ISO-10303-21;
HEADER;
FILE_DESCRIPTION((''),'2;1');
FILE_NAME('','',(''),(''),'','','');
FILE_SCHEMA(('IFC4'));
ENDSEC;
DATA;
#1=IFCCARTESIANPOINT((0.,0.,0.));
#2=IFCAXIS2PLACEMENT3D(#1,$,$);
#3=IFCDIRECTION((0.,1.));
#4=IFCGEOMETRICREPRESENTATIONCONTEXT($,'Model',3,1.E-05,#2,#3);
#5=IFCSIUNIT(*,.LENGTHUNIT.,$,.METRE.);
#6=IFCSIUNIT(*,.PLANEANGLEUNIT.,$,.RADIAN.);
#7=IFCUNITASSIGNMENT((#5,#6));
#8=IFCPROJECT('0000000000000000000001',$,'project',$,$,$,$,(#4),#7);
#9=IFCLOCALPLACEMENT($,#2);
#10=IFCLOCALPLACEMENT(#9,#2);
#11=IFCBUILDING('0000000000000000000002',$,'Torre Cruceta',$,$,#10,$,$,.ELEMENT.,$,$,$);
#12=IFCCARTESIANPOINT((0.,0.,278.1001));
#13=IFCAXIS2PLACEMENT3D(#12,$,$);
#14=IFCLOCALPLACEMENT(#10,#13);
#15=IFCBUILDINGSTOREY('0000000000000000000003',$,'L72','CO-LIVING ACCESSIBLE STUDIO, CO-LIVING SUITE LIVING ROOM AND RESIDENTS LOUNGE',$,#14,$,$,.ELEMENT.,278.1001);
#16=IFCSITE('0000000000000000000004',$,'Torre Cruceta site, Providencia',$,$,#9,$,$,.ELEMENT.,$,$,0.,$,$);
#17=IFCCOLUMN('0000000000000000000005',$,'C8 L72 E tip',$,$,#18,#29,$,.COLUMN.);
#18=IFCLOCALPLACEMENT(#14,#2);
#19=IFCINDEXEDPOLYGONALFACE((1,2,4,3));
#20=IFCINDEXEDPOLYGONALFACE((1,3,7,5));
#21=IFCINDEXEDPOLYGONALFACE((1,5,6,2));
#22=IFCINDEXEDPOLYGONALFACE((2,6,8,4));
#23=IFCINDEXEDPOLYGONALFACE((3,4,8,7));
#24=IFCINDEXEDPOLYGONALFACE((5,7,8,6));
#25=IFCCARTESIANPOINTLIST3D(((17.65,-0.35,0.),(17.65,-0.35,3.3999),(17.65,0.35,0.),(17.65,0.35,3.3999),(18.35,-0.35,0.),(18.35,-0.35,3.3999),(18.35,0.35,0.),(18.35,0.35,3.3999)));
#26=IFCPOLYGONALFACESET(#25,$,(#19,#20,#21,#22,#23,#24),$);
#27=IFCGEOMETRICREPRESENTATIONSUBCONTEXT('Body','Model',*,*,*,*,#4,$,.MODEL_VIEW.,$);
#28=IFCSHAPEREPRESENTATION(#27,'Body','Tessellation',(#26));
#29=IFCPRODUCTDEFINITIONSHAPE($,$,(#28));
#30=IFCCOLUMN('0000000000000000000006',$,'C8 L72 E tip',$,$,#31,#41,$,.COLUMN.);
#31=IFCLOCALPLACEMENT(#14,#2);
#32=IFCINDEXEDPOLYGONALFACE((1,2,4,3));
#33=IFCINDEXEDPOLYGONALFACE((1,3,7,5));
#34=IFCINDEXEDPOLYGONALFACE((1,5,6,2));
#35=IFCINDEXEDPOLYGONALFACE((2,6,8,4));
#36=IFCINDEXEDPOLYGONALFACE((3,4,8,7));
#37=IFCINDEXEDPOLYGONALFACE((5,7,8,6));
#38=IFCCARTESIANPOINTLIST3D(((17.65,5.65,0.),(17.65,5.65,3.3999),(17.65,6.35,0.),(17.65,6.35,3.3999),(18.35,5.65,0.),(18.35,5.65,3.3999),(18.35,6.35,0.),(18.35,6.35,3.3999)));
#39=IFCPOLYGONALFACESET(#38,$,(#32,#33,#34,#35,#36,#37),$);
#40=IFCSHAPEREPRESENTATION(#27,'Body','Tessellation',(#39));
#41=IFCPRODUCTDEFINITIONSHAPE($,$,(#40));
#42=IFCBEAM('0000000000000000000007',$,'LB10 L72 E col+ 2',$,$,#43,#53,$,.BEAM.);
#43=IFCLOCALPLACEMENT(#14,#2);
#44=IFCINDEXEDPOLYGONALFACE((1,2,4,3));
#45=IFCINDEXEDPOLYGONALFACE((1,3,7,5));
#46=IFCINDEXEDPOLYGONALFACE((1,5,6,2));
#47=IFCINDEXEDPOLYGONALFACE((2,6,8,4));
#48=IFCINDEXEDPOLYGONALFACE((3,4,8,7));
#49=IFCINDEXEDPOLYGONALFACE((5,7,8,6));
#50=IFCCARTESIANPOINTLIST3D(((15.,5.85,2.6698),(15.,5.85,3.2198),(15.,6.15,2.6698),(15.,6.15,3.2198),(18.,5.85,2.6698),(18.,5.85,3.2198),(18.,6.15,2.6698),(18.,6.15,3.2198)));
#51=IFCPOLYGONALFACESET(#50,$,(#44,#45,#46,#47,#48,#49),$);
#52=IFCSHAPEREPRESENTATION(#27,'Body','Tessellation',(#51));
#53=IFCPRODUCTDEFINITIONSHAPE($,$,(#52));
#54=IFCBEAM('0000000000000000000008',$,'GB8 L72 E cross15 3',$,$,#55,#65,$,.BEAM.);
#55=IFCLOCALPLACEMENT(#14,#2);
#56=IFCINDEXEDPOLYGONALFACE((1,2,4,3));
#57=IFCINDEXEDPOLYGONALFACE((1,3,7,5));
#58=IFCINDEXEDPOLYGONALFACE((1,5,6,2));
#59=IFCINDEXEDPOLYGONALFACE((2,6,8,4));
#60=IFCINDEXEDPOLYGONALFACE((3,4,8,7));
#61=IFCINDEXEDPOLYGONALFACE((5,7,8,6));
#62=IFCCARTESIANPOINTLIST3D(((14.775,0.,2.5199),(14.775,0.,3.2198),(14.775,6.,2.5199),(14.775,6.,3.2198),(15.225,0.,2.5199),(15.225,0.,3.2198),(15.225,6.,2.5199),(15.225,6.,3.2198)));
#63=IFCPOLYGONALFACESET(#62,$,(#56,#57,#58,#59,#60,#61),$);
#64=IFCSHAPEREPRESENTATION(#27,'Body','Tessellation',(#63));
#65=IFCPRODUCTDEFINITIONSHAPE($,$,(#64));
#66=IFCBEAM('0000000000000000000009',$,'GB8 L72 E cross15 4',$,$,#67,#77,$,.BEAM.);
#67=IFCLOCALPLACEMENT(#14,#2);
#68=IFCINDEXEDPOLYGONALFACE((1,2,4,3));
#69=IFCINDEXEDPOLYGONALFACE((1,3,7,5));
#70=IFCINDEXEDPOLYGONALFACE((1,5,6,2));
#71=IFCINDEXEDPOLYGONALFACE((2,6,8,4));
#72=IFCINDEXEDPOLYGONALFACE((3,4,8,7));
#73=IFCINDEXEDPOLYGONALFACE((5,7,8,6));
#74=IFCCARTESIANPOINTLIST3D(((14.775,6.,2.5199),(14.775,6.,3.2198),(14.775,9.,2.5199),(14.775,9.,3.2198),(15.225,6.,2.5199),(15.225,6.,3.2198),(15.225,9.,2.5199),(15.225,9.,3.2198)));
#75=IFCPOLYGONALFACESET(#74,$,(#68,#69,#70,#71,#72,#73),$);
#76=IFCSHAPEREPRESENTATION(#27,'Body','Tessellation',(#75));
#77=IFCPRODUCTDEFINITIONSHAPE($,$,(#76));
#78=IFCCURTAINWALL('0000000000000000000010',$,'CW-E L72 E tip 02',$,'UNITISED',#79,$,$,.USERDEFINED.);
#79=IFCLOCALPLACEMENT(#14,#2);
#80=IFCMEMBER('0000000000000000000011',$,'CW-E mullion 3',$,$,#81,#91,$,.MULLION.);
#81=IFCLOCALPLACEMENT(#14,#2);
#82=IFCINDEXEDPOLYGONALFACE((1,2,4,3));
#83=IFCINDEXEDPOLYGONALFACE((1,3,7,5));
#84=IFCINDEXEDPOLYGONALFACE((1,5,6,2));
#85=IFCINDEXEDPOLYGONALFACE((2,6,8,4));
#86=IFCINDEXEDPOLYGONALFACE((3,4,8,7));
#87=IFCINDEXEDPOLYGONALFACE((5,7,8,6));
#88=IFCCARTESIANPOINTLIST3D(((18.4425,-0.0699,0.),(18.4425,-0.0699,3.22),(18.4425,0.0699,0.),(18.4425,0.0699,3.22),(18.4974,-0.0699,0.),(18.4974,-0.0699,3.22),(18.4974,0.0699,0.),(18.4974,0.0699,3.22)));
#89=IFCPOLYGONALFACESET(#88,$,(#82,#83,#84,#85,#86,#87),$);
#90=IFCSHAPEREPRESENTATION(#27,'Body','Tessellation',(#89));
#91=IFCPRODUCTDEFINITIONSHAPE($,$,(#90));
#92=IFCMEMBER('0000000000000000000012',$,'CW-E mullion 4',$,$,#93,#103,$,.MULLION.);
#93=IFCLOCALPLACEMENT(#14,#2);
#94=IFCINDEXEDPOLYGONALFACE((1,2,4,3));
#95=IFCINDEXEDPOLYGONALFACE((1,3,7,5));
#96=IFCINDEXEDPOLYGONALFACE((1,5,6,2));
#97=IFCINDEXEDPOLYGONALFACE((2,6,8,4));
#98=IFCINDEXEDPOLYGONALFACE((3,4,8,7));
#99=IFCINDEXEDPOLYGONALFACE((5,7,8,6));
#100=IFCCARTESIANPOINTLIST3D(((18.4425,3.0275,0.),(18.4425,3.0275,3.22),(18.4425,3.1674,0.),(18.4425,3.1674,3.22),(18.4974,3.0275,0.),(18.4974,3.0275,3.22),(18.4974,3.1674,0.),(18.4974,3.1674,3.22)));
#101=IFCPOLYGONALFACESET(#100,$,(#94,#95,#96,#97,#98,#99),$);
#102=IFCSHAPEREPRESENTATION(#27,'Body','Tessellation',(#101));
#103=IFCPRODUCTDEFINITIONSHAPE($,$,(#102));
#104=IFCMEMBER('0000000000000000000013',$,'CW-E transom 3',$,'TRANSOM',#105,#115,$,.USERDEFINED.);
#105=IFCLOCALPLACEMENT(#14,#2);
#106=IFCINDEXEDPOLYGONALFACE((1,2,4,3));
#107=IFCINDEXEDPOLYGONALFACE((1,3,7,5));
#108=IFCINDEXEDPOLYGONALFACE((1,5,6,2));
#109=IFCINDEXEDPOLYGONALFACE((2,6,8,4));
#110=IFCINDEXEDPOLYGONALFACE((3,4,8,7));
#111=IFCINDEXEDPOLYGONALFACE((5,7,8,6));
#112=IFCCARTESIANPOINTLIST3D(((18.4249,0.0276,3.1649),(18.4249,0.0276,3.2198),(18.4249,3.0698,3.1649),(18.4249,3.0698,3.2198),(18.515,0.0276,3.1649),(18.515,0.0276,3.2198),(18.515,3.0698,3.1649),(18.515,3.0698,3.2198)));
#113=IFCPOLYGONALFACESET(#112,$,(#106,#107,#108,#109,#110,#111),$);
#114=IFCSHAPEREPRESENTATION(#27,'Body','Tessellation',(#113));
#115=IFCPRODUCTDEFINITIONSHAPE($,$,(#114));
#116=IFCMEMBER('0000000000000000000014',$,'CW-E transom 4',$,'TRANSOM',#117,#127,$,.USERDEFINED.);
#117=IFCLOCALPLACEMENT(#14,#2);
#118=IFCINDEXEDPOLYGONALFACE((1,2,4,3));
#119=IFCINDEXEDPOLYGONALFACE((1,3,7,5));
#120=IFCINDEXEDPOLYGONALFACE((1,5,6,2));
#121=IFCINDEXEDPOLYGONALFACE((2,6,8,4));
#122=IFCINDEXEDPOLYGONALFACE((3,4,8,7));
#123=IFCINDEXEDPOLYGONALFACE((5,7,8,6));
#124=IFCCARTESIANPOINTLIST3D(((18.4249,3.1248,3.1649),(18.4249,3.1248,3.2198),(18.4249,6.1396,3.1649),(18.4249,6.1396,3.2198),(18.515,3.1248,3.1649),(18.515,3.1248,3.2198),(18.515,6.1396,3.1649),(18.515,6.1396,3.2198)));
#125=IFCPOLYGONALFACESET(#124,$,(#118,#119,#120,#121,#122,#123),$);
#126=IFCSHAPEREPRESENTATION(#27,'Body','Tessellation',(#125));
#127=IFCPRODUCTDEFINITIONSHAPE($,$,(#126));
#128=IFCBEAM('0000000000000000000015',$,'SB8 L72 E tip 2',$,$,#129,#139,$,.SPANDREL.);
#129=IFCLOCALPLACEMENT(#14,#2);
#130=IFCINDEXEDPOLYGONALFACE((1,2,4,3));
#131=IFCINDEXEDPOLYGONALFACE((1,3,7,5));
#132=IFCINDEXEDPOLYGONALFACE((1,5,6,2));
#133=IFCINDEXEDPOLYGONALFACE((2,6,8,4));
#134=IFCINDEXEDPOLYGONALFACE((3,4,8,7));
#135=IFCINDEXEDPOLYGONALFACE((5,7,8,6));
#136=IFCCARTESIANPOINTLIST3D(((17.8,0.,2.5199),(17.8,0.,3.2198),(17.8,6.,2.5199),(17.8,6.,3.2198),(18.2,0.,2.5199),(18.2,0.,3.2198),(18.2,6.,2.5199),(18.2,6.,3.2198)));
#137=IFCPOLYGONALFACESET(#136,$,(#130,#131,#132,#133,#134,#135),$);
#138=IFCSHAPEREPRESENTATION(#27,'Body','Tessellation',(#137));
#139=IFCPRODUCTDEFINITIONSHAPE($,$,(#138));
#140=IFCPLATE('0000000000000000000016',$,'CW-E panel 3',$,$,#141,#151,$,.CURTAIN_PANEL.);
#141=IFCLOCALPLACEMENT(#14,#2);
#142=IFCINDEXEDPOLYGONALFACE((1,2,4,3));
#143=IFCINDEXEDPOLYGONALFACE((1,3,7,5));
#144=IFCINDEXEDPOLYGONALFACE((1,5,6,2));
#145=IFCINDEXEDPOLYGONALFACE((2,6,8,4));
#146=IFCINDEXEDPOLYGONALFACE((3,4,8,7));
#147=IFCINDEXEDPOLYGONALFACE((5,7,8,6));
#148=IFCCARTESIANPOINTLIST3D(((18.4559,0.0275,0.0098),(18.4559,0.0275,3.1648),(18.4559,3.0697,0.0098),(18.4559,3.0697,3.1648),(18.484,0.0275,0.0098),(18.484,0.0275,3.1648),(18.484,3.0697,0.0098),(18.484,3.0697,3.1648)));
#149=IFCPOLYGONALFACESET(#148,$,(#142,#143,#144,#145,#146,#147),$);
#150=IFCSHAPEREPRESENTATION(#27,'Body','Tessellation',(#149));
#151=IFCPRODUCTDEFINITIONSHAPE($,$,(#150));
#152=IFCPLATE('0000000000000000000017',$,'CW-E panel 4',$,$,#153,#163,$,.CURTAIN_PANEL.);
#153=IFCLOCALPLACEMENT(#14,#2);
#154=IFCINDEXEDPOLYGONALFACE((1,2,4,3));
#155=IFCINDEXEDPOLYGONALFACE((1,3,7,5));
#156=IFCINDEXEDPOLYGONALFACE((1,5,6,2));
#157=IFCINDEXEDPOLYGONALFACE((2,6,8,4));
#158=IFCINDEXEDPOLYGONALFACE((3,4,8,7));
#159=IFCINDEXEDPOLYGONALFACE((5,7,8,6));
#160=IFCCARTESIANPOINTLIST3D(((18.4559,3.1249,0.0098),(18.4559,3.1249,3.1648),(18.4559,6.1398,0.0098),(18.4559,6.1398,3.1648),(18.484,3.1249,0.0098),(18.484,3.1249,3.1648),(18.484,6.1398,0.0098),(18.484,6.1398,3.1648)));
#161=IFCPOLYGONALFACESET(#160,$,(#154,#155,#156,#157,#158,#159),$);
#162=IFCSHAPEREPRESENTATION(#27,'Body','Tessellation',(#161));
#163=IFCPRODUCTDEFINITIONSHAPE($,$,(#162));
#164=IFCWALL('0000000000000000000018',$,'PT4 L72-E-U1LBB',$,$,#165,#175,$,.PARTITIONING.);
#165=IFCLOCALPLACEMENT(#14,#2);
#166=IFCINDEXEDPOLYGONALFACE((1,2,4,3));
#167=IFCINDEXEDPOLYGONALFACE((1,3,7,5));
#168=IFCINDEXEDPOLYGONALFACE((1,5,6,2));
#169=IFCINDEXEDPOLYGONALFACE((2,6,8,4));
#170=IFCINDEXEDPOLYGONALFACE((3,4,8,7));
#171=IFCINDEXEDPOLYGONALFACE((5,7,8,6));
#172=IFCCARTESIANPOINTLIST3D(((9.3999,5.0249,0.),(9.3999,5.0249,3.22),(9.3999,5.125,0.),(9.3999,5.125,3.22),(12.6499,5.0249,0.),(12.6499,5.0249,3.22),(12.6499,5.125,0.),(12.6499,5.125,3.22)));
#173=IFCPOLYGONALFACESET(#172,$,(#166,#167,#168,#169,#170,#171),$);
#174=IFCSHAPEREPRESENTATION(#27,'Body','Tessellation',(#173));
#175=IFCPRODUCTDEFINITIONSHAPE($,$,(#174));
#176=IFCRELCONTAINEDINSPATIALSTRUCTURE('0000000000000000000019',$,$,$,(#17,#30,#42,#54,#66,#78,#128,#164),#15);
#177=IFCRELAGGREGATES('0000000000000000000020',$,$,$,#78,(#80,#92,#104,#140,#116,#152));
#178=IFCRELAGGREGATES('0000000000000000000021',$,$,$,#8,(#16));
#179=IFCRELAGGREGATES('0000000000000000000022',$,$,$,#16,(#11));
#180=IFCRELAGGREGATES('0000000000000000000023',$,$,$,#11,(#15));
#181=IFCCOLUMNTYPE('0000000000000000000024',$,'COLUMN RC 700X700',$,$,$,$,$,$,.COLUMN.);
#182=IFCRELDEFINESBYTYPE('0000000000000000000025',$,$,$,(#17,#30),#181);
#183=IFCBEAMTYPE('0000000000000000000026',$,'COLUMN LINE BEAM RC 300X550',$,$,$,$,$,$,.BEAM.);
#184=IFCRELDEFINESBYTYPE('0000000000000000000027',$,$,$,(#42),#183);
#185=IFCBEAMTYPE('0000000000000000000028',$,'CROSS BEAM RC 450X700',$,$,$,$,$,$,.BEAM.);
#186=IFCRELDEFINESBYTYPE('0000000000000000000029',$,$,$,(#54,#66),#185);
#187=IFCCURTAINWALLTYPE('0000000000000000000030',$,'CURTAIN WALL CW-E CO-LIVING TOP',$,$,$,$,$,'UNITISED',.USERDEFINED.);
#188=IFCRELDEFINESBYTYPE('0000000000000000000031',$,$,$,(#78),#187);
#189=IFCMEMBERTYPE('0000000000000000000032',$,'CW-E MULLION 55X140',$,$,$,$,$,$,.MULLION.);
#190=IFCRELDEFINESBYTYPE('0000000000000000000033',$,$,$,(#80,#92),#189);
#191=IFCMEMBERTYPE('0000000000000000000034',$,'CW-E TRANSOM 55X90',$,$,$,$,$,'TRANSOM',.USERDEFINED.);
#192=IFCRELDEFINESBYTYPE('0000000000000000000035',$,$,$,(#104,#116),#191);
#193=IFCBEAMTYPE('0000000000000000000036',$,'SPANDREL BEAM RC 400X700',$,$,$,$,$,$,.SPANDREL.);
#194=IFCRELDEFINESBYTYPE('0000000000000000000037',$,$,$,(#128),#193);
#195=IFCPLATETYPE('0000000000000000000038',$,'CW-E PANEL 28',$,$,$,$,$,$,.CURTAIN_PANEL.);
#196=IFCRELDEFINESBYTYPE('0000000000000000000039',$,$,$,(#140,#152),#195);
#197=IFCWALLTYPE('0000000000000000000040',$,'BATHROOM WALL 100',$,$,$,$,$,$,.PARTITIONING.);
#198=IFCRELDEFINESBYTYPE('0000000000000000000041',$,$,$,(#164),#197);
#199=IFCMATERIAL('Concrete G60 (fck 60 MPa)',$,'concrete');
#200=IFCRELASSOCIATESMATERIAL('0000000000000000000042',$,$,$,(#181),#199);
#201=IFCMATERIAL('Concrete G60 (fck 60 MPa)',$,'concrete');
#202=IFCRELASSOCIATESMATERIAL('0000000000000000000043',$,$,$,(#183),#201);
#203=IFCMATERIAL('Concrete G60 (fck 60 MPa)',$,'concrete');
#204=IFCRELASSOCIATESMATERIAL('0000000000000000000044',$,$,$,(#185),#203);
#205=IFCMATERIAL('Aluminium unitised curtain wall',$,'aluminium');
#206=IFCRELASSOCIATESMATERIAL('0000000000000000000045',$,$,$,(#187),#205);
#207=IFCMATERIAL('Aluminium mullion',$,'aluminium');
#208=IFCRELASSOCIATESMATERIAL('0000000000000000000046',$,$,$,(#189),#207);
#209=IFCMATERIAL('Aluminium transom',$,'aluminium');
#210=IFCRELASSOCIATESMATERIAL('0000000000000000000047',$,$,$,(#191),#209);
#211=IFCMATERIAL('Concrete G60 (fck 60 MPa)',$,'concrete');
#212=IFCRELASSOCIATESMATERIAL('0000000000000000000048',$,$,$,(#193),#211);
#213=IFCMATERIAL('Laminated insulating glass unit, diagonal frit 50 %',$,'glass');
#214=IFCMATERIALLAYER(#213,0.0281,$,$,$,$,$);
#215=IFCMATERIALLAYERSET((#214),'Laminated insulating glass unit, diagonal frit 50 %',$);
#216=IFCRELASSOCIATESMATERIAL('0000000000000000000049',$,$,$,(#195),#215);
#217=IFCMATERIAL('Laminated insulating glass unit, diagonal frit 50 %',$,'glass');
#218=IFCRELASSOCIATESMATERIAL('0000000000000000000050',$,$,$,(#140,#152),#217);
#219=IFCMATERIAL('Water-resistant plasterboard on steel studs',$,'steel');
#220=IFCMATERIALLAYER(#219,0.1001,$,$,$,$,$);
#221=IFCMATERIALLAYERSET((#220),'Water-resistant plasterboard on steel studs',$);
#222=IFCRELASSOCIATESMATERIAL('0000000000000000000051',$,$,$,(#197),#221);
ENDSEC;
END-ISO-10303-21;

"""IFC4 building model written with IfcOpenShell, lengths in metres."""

from ifc_helpers import new_model, si_unit, direction, frame, frame_2d, origin, origin_2d, place, context, subcontext, project, spatial, rectangle, extrude, material, layer, layer_set, material_profile, profile_set, type_object, element, aggregate, save


model = new_model("IFC4")

# Units and contexts
model_context = context("Model", 3, precision=1e-05, world=origin(), true_north=direction((0.0, 1.0)))
body_context = subcontext(model_context, "Body", "Model", "MODEL_VIEW")
ifc_project = project(units=[si_unit("LENGTHUNIT", "METRE"), si_unit("PLANEANGLEUNIT", "RADIAN")], contexts=[model_context])

# Site, building, storey
site_placement = place(None, origin())
site = spatial("IfcSite", under=ifc_project, at=site_placement, Name="Torre Cruceta site, Providencia", CompositionType="ELEMENT", RefElevation=0.0)
building_placement = place(site_placement, origin())
building = spatial("IfcBuilding", under=site, at=building_placement, Name="Torre Cruceta", CompositionType="ELEMENT")
storey_placement = place(building_placement, frame((0.0, 0.0, 278.1001)))
storey = spatial("IfcBuildingStorey", under=building, at=storey_placement, Name="L72", Description="CO-LIVING ACCESSIBLE STUDIO, CO-LIVING SUITE LIVING ROOM AND RESIDENTS LOUNGE", CompositionType="ELEMENT", Elevation=278.1001)

# Columns
ifc_material_1 = material(Name="Concrete G60 (fck 60 MPa)", Category="concrete")
ifc_material_profile_1 = material_profile(ifc_material_1, rectangle(XDim=0.7, YDim=0.7, at=origin_2d()), Name="RC 700X700")
ifc_profile_set_1 = profile_set([ifc_material_profile_1], Name="Concrete G60 (fck 60 MPa)")
column_type = type_object("IfcColumnType", Name="COLUMN RC 700X700", PredefinedType="COLUMN", material=ifc_profile_set_1)
for number, where, z_axis, x_axis, name in (
    (1, (18.0, 0.0, 0.0), (0.0, 0.0, 1.0), (1.0, 0.0, 0.0), "C8 L72 E tip"),
    (2, (18.0, 6.0, 0.0), (0.0, 0.0, 1.0), (1.0, 0.0, 0.0), "C8 L72 E tip"),
):
    element("IfcColumn", number, at=place(storey_placement, frame(where, z_axis=z_axis, x_axis=x_axis)), inside=storey, type_object=column_type, Name=name, PredefinedType="COLUMN", context=body_context, shape_type="SweptSolid", body=[
        extrude(rectangle(XDim=0.7, YDim=0.7, at=origin_2d()), origin(), (0.0, 0.0, 1.0), 3.3999),
    ])

# Beams
ifc_material_2 = material(Name="Concrete G60 (fck 60 MPa)", Category="concrete")
ifc_material_profile_2 = material_profile(ifc_material_2, rectangle(XDim=0.3, YDim=0.55, at=origin_2d()), Name="RC 300X550")
ifc_profile_set_2 = profile_set([ifc_material_profile_2], Name="Concrete G60 (fck 60 MPa)")
beam_type_1 = type_object("IfcBeamType", Name="COLUMN LINE BEAM RC 300X550", PredefinedType="BEAM", material=ifc_profile_set_2)
beam_1_placement = place(storey_placement, frame((15.0, 6.0, 2.9448), z_axis=(1.0, 0.0, 0.0), x_axis=(0.0, 1.0, 0.0)))
element("IfcBeam", 3, at=beam_1_placement, inside=storey, type_object=beam_type_1, Name="LB10 L72 E col+ 2", PredefinedType="BEAM", context=body_context, shape_type="SweptSolid", body=[
    extrude(rectangle(XDim=0.3, YDim=0.55, at=origin_2d()), origin(), (0.0, 0.0, 1.0), 3.0),
])
ifc_material_3 = material(Name="Concrete G60 (fck 60 MPa)", Category="concrete")
ifc_material_profile_3 = material_profile(ifc_material_3, rectangle(XDim=0.45, YDim=0.7, at=origin_2d()), Name="RC 450X700")
ifc_profile_set_3 = profile_set([ifc_material_profile_3], Name="Concrete G60 (fck 60 MPa)")
beam_type_2 = type_object("IfcBeamType", Name="CROSS BEAM RC 450X700", PredefinedType="BEAM", material=ifc_profile_set_3)
beam_2_placement = place(storey_placement, frame((15.0, 0.0, 2.8699), z_axis=(0.0, 1.0, 0.0), x_axis=(-1.0, 0.0, 0.0)))
element("IfcBeam", 4, at=beam_2_placement, inside=storey, type_object=beam_type_2, Name="GB8 L72 E cross15 3", PredefinedType="BEAM", context=body_context, shape_type="SweptSolid", body=[
    extrude(rectangle(XDim=0.45, YDim=0.7, at=origin_2d()), origin(), (0.0, 0.0, 1.0), 6.0),
])
beam_3_placement = place(storey_placement, frame((15.0, 6.0, 2.8699), z_axis=(0.0, 1.0, 0.0), x_axis=(-1.0, 0.0, 0.0)))
element("IfcBeam", 5, at=beam_3_placement, inside=storey, type_object=beam_type_2, Name="GB8 L72 E cross15 4", PredefinedType="BEAM", context=body_context, shape_type="SweptSolid", body=[
    extrude(rectangle(XDim=0.45, YDim=0.7, at=origin_2d()), origin(), (0.0, 0.0, 1.0), 3.0),
])

# Curtain wall, members
ifc_material_4 = material(Name="Aluminium unitised curtain wall", Category="aluminium")
curtain_wall_type = type_object("IfcCurtainWallType", Name="CURTAIN WALL CW-E CO-LIVING TOP", ElementType="UNITISED", PredefinedType="USERDEFINED", material=ifc_material_4)
curtain_wall_placement = place(storey_placement, origin())
curtain_wall = element("IfcCurtainWall", 6, at=curtain_wall_placement, inside=storey, type_object=curtain_wall_type, Name="CW-E L72 E tip 02", ObjectType="UNITISED", PredefinedType="USERDEFINED")
ifc_material_5 = material(Name="Aluminium mullion", Category="aluminium")
ifc_material_profile_4 = material_profile(ifc_material_5, rectangle(XDim=0.0549, YDim=0.1399, at=origin_2d()), Name="AL 55X140")
ifc_profile_set_4 = profile_set([ifc_material_profile_4], Name="Aluminium mullion")
member_type_1 = type_object("IfcMemberType", Name="CW-E MULLION 55X140", PredefinedType="MULLION", material=ifc_profile_set_4)
member_1_placement = place(storey_placement, frame((18.47, 0.0, 0.0), z_axis=(0.0, 0.0, 1.0), x_axis=(-1.0, 0.0, 0.0)))
member_1 = element("IfcMember", 7, at=member_1_placement, type_object=member_type_1, Name="CW-E mullion 3", PredefinedType="MULLION", context=body_context, shape_type="SweptSolid", body=[
    extrude(rectangle(XDim=0.0549, YDim=0.1399, at=origin_2d()), origin(), (0.0, 0.0, 1.0), 3.22),
])
member_2_placement = place(storey_placement, frame((18.47, 3.0974, 0.0), z_axis=(0.0, 0.0, 1.0), x_axis=(-1.0, 0.0, 0.0)))
member_2 = element("IfcMember", 8, at=member_2_placement, type_object=member_type_1, Name="CW-E mullion 4", PredefinedType="MULLION", context=body_context, shape_type="SweptSolid", body=[
    extrude(rectangle(XDim=0.0549, YDim=0.1399, at=origin_2d()), origin(), (0.0, 0.0, 1.0), 3.22),
])
ifc_material_6 = material(Name="Aluminium transom", Category="aluminium")
ifc_material_profile_5 = material_profile(ifc_material_6, rectangle(XDim=0.0901, YDim=0.0549, at=origin_2d()), Name="AL 90X55")
ifc_profile_set_5 = profile_set([ifc_material_profile_5], Name="Aluminium transom")
member_type_2 = type_object("IfcMemberType", Name="CW-E TRANSOM 55X90", ElementType="TRANSOM", PredefinedType="USERDEFINED", material=ifc_profile_set_5)
member_3_placement = place(storey_placement, frame((18.47, 0.0276, 3.1924), z_axis=(0.0, 1.0, 0.0), x_axis=(-1.0, 0.0, 0.0)))
member_3 = element("IfcMember", 9, at=member_3_placement, type_object=member_type_2, Name="CW-E transom 3", ObjectType="TRANSOM", PredefinedType="USERDEFINED", context=body_context, shape_type="SweptSolid", body=[
    extrude(rectangle(XDim=0.0901, YDim=0.0549, at=origin_2d()), origin(), (0.0, 0.0, 1.0), 3.0422),
])
member_4_placement = place(storey_placement, frame((18.47, 3.1248, 3.1924), z_axis=(0.0, 1.0, 0.0), x_axis=(-1.0, 0.0, 0.0)))
member_4 = element("IfcMember", 10, at=member_4_placement, type_object=member_type_2, Name="CW-E transom 4", ObjectType="TRANSOM", PredefinedType="USERDEFINED", context=body_context, shape_type="SweptSolid", body=[
    extrude(rectangle(XDim=0.0901, YDim=0.0549, at=origin_2d()), origin(), (0.0, 0.0, 1.0), 3.0149),
])

# Beam
ifc_material_7 = material(Name="Concrete G60 (fck 60 MPa)", Category="concrete")
ifc_material_profile_6 = material_profile(ifc_material_7, rectangle(XDim=0.3999, YDim=0.7, at=origin_2d()), Name="RC 400X700")
ifc_profile_set_6 = profile_set([ifc_material_profile_6], Name="Concrete G60 (fck 60 MPa)")
beam_type_3 = type_object("IfcBeamType", Name="SPANDREL BEAM RC 400X700", PredefinedType="SPANDREL", material=ifc_profile_set_6)
beam_4_placement = place(storey_placement, frame((18.0, 0.0, 2.8699), z_axis=(0.0, 1.0, 0.0), x_axis=(-1.0, 0.0, 0.0)))
element("IfcBeam", 11, at=beam_4_placement, inside=storey, type_object=beam_type_3, Name="SB8 L72 E tip 2", PredefinedType="SPANDREL", context=body_context, shape_type="SweptSolid", body=[
    extrude(rectangle(XDim=0.3999, YDim=0.7, at=origin_2d()), origin(), (0.0, 0.0, 1.0), 6.0),
])

# Plates
ifc_material_8 = material(Name="Laminated insulating glass unit, diagonal frit 50 %", Category="glass")
ifc_material_9 = material(Name="Laminated insulating glass unit, diagonal frit 50 %", Category="glass")
ifc_layer_1 = layer(ifc_material_9, 0.0281)
ifc_layer_set_1 = layer_set([ifc_layer_1], Name="Laminated insulating glass unit, diagonal frit 50 %")
plate_type = type_object("IfcPlateType", Name="CW-E PANEL 28", PredefinedType="CURTAIN_PANEL", material=ifc_layer_set_1)
plate_1_placement = place(storey_placement, frame((18.47, 1.5486, 0.0098), z_axis=(0.0, 0.0, 1.0), x_axis=(0.0, 1.0, 0.0)))
plate_1 = element("IfcPlate", 12, at=plate_1_placement, type_object=plate_type, material=ifc_material_8, Name="CW-E panel 3", PredefinedType="CURTAIN_PANEL", context=body_context, shape_type="SweptSolid", body=[
    extrude(rectangle(XDim=3.0422, YDim=0.0281, at=origin_2d()), origin(), (0.0, 0.0, 1.0), 3.155),
])
plate_2_placement = place(storey_placement, frame((18.47, 4.6323, 0.0098), z_axis=(0.0, 0.0, 1.0), x_axis=(0.0, 1.0, 0.0)))
plate_2 = element("IfcPlate", 13, at=plate_2_placement, type_object=plate_type, material=ifc_material_8, Name="CW-E panel 4", PredefinedType="CURTAIN_PANEL", context=body_context, shape_type="SweptSolid", body=[
    extrude(rectangle(XDim=3.0149, YDim=0.0281, at=origin_2d()), origin(), (0.0, 0.0, 1.0), 3.155),
])
aggregate(curtain_wall, [member_1, member_2, member_3, plate_1, member_4, plate_2])

# Wall
ifc_material_10 = material(Name="Water-resistant plasterboard on steel studs", Category="steel")
ifc_layer_2 = layer(ifc_material_10, 0.1001)
ifc_layer_set_2 = layer_set([ifc_layer_2], Name="Water-resistant plasterboard on steel studs")
wall_type_1 = type_object("IfcWallType", Name="BATHROOM WALL 100", PredefinedType="PARTITIONING", material=ifc_layer_set_2)
wall_1_placement = place(storey_placement, frame((9.3999, 5.075, 0.0), z_axis=(0.0, 0.0, 1.0), x_axis=(1.0, 0.0, 0.0)))
element("IfcWall", 14, at=wall_1_placement, inside=storey, type_object=wall_type_1, Name="PT4 L72-E-U1LBB", PredefinedType="PARTITIONING", context=body_context, shape_type="SweptSolid", body=[
    extrude(rectangle(XDim=3.25, YDim=0.1001, at=frame_2d((1.625, 0.0))), origin(), (0.0, 0.0, 1.0), 3.22),
])

save(model, "model.ifc")
